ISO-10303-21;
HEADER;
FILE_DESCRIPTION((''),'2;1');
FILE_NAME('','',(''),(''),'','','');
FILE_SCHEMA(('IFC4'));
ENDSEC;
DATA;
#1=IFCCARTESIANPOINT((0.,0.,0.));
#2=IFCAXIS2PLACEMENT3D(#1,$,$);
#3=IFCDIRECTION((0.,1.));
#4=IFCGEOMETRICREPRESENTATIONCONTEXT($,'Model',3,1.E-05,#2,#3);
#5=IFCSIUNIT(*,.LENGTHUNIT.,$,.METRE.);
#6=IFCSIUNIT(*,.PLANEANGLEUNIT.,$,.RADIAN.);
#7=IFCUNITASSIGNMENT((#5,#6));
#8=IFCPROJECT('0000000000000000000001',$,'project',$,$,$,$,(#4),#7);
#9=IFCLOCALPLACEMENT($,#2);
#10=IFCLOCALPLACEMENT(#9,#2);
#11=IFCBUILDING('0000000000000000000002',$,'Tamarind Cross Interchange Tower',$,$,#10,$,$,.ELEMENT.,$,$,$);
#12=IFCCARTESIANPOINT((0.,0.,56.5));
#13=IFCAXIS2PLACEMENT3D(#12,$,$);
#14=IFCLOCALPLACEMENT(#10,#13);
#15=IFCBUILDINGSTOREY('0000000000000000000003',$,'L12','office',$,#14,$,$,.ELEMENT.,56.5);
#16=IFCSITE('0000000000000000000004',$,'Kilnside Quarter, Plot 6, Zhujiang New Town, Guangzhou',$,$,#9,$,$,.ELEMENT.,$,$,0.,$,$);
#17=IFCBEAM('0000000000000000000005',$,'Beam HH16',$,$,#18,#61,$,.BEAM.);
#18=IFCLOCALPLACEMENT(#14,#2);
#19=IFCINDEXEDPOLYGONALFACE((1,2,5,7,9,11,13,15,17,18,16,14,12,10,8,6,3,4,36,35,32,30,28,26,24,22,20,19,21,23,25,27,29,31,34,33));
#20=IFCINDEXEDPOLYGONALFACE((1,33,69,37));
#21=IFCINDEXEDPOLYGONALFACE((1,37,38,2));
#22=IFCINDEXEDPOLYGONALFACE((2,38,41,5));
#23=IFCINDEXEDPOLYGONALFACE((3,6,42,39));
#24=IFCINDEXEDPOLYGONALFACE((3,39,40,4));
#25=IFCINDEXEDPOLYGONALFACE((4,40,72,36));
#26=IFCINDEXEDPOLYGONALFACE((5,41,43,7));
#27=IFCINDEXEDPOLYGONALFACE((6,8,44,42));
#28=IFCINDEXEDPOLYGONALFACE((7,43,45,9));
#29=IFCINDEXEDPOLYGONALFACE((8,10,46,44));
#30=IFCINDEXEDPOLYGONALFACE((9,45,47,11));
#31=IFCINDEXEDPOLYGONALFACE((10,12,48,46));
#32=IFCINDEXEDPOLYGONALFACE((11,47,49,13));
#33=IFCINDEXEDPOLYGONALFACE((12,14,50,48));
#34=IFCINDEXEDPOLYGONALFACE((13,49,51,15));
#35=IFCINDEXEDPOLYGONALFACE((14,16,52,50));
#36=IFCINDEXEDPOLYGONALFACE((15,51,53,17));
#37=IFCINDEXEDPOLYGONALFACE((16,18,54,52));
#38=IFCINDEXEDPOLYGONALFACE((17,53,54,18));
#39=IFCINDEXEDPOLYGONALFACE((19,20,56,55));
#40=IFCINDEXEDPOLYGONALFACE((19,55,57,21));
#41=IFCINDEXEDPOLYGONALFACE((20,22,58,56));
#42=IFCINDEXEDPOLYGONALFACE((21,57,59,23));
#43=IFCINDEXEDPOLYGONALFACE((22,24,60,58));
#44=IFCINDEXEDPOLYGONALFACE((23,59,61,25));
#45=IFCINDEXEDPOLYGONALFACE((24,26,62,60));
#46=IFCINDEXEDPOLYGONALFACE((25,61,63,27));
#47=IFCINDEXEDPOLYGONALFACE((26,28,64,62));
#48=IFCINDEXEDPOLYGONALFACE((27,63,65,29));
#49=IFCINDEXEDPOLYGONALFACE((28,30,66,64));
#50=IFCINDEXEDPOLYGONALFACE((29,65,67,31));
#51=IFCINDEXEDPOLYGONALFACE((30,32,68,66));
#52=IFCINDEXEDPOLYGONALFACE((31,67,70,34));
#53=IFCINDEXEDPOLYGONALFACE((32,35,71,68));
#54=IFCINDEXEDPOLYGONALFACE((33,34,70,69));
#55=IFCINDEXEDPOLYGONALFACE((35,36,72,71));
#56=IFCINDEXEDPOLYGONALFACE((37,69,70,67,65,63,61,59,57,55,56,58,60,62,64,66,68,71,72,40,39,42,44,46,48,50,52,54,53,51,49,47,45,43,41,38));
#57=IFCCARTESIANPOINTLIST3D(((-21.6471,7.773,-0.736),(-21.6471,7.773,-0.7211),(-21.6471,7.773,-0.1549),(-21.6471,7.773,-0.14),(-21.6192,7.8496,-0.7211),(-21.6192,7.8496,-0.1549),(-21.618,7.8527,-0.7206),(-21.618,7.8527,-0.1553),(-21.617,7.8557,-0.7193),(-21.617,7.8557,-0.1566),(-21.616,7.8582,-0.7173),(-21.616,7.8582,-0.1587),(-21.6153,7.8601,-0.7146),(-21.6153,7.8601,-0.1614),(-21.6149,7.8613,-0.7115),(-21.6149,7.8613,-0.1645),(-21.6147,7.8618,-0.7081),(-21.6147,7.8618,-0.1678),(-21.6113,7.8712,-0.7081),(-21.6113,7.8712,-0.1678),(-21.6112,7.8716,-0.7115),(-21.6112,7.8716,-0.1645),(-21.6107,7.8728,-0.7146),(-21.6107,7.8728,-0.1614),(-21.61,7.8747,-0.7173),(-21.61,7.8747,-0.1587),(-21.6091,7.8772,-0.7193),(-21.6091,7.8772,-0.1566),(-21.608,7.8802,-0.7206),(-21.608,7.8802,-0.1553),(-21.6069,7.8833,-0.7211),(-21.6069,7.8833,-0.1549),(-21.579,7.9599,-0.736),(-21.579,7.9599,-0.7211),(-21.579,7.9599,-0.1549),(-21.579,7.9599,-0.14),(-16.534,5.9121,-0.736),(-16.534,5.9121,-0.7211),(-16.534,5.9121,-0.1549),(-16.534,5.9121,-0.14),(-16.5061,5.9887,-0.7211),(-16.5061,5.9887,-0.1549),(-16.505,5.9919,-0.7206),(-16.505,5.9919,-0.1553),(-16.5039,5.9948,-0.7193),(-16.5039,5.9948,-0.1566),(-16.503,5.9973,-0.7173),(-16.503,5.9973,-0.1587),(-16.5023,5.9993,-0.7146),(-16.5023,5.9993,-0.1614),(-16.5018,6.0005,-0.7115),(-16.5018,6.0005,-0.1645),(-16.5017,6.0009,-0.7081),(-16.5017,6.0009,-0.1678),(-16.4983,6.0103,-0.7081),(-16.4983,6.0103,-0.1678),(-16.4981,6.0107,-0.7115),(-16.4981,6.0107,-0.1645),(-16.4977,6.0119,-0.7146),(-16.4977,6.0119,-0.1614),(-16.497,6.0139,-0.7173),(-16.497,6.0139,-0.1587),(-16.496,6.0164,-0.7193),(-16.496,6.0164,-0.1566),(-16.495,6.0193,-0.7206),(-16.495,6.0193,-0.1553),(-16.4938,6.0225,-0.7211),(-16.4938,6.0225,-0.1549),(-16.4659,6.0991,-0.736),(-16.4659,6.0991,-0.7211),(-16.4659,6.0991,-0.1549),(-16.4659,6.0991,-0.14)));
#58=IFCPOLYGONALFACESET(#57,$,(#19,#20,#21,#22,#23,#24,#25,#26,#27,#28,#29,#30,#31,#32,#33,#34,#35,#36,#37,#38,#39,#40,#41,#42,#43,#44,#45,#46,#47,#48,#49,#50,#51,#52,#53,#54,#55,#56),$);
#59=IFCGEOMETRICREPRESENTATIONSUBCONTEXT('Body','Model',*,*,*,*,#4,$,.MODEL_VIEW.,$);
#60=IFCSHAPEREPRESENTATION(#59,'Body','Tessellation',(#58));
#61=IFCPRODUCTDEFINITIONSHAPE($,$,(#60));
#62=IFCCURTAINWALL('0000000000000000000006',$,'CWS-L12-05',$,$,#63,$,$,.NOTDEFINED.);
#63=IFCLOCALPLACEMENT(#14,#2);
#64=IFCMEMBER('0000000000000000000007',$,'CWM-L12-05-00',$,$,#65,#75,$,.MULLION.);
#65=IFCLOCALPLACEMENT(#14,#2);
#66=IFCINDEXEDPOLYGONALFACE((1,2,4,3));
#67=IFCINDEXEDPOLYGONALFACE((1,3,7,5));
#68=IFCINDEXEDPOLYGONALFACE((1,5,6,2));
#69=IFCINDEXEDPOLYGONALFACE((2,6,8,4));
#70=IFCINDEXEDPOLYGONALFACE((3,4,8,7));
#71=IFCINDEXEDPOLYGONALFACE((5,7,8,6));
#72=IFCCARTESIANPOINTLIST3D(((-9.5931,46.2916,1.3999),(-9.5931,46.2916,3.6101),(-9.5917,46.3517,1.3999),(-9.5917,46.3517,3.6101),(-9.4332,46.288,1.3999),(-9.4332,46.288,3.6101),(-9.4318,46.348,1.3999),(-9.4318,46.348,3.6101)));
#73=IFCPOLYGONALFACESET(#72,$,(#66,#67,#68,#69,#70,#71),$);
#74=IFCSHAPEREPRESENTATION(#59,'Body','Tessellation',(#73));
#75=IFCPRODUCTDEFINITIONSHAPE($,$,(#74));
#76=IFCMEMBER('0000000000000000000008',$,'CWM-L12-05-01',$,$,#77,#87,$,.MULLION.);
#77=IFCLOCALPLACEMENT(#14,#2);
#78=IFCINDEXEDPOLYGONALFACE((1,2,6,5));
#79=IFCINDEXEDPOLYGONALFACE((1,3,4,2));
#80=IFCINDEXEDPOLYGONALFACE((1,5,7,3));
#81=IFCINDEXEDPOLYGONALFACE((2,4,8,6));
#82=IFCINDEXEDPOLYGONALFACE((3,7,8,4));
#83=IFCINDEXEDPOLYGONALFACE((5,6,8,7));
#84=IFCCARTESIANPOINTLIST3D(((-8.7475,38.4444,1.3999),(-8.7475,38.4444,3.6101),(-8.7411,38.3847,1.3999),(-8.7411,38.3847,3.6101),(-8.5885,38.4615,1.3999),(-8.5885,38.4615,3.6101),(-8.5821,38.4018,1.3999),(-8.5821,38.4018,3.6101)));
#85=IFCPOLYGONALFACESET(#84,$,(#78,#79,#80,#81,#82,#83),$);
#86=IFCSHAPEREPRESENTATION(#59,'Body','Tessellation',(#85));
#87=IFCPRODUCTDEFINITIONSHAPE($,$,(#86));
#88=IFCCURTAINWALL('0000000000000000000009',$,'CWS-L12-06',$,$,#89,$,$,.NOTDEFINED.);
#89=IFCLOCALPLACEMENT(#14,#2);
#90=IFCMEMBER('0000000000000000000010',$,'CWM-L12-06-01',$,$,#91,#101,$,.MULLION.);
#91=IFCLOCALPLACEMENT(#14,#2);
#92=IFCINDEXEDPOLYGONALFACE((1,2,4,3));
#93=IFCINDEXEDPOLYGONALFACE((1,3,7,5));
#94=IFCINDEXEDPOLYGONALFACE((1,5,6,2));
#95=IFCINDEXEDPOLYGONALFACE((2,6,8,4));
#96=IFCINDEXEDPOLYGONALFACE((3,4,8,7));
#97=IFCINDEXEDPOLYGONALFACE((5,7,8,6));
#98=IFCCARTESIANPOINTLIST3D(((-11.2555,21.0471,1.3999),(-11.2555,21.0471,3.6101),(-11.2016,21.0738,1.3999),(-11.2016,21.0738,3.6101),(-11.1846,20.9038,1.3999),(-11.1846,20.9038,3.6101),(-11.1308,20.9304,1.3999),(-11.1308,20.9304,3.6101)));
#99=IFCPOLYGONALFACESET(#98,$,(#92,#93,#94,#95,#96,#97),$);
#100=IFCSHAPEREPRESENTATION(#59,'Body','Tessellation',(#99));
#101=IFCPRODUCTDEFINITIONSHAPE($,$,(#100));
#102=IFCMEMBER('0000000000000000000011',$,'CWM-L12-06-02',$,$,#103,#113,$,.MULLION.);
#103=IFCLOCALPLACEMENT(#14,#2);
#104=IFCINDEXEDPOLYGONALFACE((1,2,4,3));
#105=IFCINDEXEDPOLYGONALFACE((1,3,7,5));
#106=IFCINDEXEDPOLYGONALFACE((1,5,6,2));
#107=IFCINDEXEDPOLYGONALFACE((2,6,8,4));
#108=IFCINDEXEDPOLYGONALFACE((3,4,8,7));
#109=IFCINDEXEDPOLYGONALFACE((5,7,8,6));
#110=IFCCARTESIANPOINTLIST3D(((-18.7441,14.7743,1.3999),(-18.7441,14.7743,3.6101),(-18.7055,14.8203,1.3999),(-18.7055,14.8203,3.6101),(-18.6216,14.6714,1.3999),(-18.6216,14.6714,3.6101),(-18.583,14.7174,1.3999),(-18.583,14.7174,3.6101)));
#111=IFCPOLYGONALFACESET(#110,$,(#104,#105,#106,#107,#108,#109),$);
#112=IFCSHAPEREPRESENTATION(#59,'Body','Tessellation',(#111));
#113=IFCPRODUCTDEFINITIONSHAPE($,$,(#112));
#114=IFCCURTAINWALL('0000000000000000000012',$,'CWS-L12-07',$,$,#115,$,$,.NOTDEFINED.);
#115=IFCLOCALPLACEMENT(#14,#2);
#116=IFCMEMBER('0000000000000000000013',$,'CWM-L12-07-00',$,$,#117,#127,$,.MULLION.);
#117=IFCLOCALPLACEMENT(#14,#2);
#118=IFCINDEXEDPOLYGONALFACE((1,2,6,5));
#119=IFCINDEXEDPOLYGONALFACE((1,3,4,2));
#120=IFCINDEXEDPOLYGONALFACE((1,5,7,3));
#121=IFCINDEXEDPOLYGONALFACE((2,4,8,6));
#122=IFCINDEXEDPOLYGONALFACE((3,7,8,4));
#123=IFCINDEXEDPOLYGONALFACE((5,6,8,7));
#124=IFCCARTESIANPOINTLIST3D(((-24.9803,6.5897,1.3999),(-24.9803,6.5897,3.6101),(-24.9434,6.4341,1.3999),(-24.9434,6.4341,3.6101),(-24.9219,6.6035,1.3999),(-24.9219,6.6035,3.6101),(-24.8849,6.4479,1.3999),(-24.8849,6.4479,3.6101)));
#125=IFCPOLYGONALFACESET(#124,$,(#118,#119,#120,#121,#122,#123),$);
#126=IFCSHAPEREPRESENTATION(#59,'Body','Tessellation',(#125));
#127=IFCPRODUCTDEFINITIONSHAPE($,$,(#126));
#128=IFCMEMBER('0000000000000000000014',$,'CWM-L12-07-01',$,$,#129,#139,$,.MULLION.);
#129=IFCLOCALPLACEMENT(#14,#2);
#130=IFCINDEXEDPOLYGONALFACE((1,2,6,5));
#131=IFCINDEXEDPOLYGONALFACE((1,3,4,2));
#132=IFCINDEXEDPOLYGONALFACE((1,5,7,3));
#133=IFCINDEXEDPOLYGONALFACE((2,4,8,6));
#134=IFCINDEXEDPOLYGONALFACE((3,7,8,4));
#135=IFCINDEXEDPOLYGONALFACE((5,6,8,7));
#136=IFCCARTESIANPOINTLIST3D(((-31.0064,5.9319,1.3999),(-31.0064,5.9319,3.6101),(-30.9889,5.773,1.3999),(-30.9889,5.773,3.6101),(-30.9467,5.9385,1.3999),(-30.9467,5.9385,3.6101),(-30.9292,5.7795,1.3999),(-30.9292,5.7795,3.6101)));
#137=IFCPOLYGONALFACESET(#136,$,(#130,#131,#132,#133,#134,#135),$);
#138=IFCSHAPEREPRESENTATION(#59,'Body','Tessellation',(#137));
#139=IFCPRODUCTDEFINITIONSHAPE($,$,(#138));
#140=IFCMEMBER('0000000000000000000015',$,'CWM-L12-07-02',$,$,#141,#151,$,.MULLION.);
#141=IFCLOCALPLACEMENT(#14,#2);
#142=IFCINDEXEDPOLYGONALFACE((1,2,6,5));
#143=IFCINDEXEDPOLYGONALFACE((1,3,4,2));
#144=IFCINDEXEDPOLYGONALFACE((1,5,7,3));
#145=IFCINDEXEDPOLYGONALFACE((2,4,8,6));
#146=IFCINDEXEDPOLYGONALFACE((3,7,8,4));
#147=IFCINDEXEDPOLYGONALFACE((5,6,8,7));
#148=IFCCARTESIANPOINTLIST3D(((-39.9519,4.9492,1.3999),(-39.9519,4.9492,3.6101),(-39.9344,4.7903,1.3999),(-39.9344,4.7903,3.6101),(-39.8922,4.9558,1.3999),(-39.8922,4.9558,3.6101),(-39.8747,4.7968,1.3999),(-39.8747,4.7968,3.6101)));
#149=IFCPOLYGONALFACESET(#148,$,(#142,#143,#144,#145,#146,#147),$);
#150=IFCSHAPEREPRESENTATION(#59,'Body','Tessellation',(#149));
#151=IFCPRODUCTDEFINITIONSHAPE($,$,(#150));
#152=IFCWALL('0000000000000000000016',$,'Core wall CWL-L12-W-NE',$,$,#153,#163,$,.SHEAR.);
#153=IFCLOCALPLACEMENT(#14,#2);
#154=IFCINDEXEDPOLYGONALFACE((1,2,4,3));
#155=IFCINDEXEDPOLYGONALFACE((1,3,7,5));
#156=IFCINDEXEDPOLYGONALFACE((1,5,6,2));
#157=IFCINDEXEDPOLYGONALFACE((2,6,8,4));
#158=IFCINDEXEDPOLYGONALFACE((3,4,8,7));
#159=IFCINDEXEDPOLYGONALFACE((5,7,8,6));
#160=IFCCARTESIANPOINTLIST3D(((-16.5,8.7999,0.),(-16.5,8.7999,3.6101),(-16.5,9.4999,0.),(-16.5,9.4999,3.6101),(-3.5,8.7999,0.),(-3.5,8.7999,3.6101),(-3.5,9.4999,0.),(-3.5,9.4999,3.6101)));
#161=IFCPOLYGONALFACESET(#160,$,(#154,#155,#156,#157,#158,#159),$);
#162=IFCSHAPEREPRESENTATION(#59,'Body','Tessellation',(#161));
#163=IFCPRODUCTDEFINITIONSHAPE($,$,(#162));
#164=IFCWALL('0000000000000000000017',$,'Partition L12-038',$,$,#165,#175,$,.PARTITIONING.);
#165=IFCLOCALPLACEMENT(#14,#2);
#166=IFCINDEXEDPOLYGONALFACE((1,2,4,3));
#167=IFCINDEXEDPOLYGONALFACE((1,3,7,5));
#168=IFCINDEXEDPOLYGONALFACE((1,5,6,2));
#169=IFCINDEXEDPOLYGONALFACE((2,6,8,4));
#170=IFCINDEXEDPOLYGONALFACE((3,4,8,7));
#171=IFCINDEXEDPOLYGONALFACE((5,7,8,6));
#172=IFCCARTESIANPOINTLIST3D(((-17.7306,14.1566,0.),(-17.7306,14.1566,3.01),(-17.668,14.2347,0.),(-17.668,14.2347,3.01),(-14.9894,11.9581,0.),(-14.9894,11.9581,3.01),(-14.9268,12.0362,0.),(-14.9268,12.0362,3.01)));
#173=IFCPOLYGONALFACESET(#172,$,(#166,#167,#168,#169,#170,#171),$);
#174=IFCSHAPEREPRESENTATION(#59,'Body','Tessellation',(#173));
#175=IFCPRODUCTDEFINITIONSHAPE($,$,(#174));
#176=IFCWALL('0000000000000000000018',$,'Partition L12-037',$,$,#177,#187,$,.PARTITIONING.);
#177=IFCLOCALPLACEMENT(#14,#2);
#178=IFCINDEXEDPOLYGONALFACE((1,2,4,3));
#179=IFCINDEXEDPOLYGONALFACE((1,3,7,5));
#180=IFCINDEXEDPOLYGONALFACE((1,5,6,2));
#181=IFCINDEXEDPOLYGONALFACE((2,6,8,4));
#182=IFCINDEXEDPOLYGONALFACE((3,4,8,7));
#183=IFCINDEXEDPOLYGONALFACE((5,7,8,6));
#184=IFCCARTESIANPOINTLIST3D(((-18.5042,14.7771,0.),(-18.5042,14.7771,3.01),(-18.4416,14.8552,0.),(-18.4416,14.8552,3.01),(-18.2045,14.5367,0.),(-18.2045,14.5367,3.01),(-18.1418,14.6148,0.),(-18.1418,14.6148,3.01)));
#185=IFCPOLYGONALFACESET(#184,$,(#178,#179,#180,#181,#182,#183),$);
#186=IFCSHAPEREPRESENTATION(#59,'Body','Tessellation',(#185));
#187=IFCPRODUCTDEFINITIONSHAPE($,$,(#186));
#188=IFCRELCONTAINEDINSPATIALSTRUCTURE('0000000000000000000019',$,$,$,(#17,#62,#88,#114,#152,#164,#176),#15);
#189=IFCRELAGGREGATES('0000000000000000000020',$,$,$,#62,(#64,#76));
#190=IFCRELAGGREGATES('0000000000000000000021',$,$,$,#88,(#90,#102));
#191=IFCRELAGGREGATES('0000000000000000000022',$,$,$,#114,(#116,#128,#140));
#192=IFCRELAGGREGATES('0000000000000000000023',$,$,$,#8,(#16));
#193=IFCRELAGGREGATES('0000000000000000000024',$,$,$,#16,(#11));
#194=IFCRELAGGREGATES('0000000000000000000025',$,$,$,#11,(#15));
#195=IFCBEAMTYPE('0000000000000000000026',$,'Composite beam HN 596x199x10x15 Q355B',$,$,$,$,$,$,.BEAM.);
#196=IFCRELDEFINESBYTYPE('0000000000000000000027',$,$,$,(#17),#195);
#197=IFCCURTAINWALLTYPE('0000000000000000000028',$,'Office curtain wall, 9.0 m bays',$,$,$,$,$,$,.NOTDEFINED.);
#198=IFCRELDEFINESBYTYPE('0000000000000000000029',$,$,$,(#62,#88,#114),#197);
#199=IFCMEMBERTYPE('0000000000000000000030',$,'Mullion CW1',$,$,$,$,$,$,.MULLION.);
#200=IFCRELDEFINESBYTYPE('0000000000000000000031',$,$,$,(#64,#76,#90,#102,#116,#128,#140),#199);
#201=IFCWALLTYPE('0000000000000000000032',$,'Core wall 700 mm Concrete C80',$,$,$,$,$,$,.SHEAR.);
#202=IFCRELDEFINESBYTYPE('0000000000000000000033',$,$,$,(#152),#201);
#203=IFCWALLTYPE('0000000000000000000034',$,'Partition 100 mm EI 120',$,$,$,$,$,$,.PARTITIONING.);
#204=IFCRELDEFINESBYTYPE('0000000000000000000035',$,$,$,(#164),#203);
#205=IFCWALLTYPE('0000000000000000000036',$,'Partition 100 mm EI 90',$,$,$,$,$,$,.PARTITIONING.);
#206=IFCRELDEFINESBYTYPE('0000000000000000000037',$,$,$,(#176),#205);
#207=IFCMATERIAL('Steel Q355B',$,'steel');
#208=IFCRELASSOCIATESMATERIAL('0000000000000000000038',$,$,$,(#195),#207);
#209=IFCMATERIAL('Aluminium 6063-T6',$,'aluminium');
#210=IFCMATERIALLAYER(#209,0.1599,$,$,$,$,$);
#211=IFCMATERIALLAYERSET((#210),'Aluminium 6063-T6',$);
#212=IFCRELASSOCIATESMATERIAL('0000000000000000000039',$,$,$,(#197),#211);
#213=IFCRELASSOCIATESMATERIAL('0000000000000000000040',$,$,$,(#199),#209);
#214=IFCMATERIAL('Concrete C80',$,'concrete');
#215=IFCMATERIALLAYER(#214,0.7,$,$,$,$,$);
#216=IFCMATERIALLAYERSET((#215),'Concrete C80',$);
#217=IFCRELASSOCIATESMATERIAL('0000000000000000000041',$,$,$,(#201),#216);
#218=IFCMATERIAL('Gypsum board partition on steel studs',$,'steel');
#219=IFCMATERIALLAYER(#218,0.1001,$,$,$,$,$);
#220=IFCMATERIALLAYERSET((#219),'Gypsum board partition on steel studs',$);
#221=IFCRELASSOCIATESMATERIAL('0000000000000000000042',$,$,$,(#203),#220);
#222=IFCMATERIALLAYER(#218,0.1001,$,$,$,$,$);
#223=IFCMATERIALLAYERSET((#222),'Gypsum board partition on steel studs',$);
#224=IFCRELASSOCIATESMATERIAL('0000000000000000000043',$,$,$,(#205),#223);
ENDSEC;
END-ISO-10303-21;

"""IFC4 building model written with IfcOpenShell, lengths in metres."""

from ifc_helpers import new_model, si_unit, direction, frame, frame_2d, origin, origin_2d, place, context, subcontext, project, spatial, rectangle, i_section, extrude, material, layer, layer_set, material_profile, profile_set, type_object, element, aggregate, save


model = new_model("IFC4")

# Units and contexts
model_context = context("Model", 3, precision=1e-05, world=origin(), true_north=direction((0.0, 1.0)))
body_context = subcontext(model_context, "Body", "Model", "MODEL_VIEW")
ifc_project = project(units=[si_unit("LENGTHUNIT", "METRE"), si_unit("PLANEANGLEUNIT", "RADIAN")], contexts=[model_context])

# Site, building, storey
site_placement = place(None, origin())
site = spatial("IfcSite", under=ifc_project, at=site_placement, Name="Kilnside Quarter, Plot 6, Zhujiang New Town, Guangzhou", CompositionType="ELEMENT", RefElevation=0.0)
building_placement = place(site_placement, origin())
building = spatial("IfcBuilding", under=site, at=building_placement, Name="Tamarind Cross Interchange Tower", CompositionType="ELEMENT")
storey_placement = place(building_placement, frame((0.0, 0.0, 56.5)))
storey = spatial("IfcBuildingStorey", under=building, at=storey_placement, Name="L12", Description="office", CompositionType="ELEMENT", Elevation=56.5)

# Beam
ifc_material_1 = material(Name="Steel Q355B", Category="steel")
ifc_material_profile_1 = material_profile(ifc_material_1, i_section(OverallWidth=0.199, OverallDepth=0.5959, WebThickness=0.01, FlangeThickness=0.0149, FilletRadius=0.0129, at=origin_2d()), Name="HN 596x199x10x15")
ifc_profile_set_1 = profile_set([ifc_material_profile_1], Name="Steel Q355B")
beam_type_1 = type_object("IfcBeamType", Name="Composite beam HN 596x199x10x15 Q355B", PredefinedType="BEAM", material=ifc_profile_set_1)
beam_1_placement = place(storey_placement, frame((-21.613, 7.8665, -0.438), z_axis=(0.939702, -0.341995, 0.0), x_axis=(0.341995, 0.939702, 0.0)))
element("IfcBeam", 1, at=beam_1_placement, inside=storey, type_object=beam_type_1, Name="Beam HH16", PredefinedType="BEAM", context=body_context, shape_type="SweptSolid", body=[
    extrude(i_section(OverallWidth=0.199, OverallDepth=0.5959, WebThickness=0.01, FlangeThickness=0.0149, FilletRadius=0.0129, at=origin_2d()), origin(), (0.0, 0.0, 1.0), 5.4412),
])

# Curtain walls, members
ifc_material_2 = material(Name="Aluminium 6063-T6", Category="aluminium")
ifc_layer_1 = layer(ifc_material_2, 0.1599)
ifc_layer_set_1 = layer_set([ifc_layer_1], Name="Aluminium 6063-T6")
curtain_wall_type = type_object("IfcCurtainWallType", Name="Office curtain wall, 9.0 m bays", PredefinedType="NOTDEFINED", material=ifc_layer_set_1)
curtain_wall_1_placement = place(storey_placement, origin())
curtain_wall_1 = element("IfcCurtainWall", 2, at=curtain_wall_1_placement, inside=storey, type_object=curtain_wall_type, Name="CWS-L12-05", PredefinedType="NOTDEFINED")
ifc_material_profile_2 = material_profile(ifc_material_2, rectangle(XDim=0.0601, YDim=0.1599, at=origin_2d()), Name="Mullion CW1")
ifc_profile_set_2 = profile_set([ifc_material_profile_2], Name="Aluminium 6063-T6")
member_type = type_object("IfcMemberType", Name="Mullion CW1", PredefinedType="MULLION", material=ifc_profile_set_2)
member_1_placement = place(storey_placement, frame((-9.5125, 46.3198, 1.3999), z_axis=(0.0, 0.0, 1.0), x_axis=(-0.022718, -0.999742, 0.0)))
member_1 = element("IfcMember", 3, at=member_1_placement, type_object=member_type, Name="CWM-L12-05-00", PredefinedType="MULLION", context=body_context, shape_type="SweptSolid", body=[
    extrude(rectangle(XDim=0.0601, YDim=0.1599, at=origin_2d()), origin(), (0.0, 0.0, 1.0), 2.2102),
])
member_2_placement = place(storey_placement, frame((-8.6648, 38.4231, 1.3999), z_axis=(0.0, 0.0, 1.0), x_axis=(0.106744, -0.994287, 0.0)))
member_2 = element("IfcMember", 4, at=member_2_placement, type_object=member_type, Name="CWM-L12-05-01", PredefinedType="MULLION", context=body_context, shape_type="SweptSolid", body=[
    extrude(rectangle(XDim=0.0601, YDim=0.1599, at=origin_2d()), origin(), (0.0, 0.0, 1.0), 2.2102),
])
aggregate(curtain_wall_1, [member_1, member_2])
curtain_wall_2_placement = place(storey_placement, origin())
curtain_wall_2 = element("IfcCurtainWall", 5, at=curtain_wall_2_placement, inside=storey, type_object=curtain_wall_type, Name="CWS-L12-06", PredefinedType="NOTDEFINED")
member_3_placement = place(storey_placement, frame((-11.1931, 20.9888, 1.3999), z_axis=(0.0, 0.0, 1.0), x_axis=(-0.896493, -0.443059, 0.0)))
member_3 = element("IfcMember", 6, at=member_3_placement, type_object=member_type, Name="CWM-L12-06-01", PredefinedType="MULLION", context=body_context, shape_type="SweptSolid", body=[
    extrude(rectangle(XDim=0.0601, YDim=0.1599, at=origin_2d()), origin(), (0.0, 0.0, 1.0), 2.2102),
])
member_4_placement = place(storey_placement, frame((-18.6636, 14.7458, 1.3999), z_axis=(0.0, 0.0, 1.0), x_axis=(-0.643009, -0.765858, 0.0)))
member_4 = element("IfcMember", 7, at=member_4_placement, type_object=member_type, Name="CWM-L12-06-02", PredefinedType="MULLION", context=body_context, shape_type="SweptSolid", body=[
    extrude(rectangle(XDim=0.0601, YDim=0.1599, at=origin_2d()), origin(), (0.0, 0.0, 1.0), 2.2102),
])
aggregate(curtain_wall_2, [member_3, member_4])
curtain_wall_3_placement = place(storey_placement, origin())
curtain_wall_3 = element("IfcCurtainWall", 8, at=curtain_wall_3_placement, inside=storey, type_object=curtain_wall_type, Name="CWS-L12-07", PredefinedType="NOTDEFINED")
member_5_placement = place(storey_placement, frame((-24.9326, 6.5188, 1.3999), z_axis=(0.0, 0.0, 1.0), x_axis=(-0.972951, -0.23101, 0.0)))
member_5 = element("IfcMember", 9, at=member_5_placement, type_object=member_type, Name="CWM-L12-07-00", PredefinedType="MULLION", context=body_context, shape_type="SweptSolid", body=[
    extrude(rectangle(XDim=0.0601, YDim=0.1599, at=origin_2d()), origin(), (0.0, 0.0, 1.0), 2.2102),
])
member_6_placement = place(storey_placement, frame((-30.9678, 5.8557, 1.3999), z_axis=(0.0, 0.0, 1.0), x_axis=(-0.994021, -0.109193, 0.0)))
member_6 = element("IfcMember", 10, at=member_6_placement, type_object=member_type, Name="CWM-L12-07-01", PredefinedType="MULLION", context=body_context, shape_type="SweptSolid", body=[
    extrude(rectangle(XDim=0.0601, YDim=0.1599, at=origin_2d()), origin(), (0.0, 0.0, 1.0), 2.2102),
])
member_7_placement = place(storey_placement, frame((-39.9133, 4.873, 1.3999), z_axis=(0.0, 0.0, 1.0), x_axis=(-0.994021, -0.109193, 0.0)))
member_7 = element("IfcMember", 11, at=member_7_placement, type_object=member_type, Name="CWM-L12-07-02", PredefinedType="MULLION", context=body_context, shape_type="SweptSolid", body=[
    extrude(rectangle(XDim=0.0601, YDim=0.1599, at=origin_2d()), origin(), (0.0, 0.0, 1.0), 2.2102),
])
aggregate(curtain_wall_3, [member_5, member_6, member_7])

# Walls
ifc_material_3 = material(Name="Concrete C80", Category="concrete")
ifc_layer_2 = layer(ifc_material_3, 0.7)
ifc_layer_set_2 = layer_set([ifc_layer_2], Name="Concrete C80")
wall_type_1 = type_object("IfcWallType", Name="Core wall 700 mm Concrete C80", PredefinedType="SHEAR", material=ifc_layer_set_2)
wall_1_placement = place(storey_placement, frame((-16.5, 9.1499, 0.0), z_axis=(0.0, 0.0, 1.0), x_axis=(1.0, 0.0, 0.0)))
element("IfcWall", 12, at=wall_1_placement, inside=storey, type_object=wall_type_1, Name="Core wall CWL-L12-W-NE", PredefinedType="SHEAR", context=body_context, shape_type="SweptSolid", body=[
    extrude(rectangle(XDim=13.0, YDim=0.7, at=frame_2d((6.5, 0.0))), origin(), (0.0, 0.0, 1.0), 3.6101),
])
ifc_material_4 = material(Name="Gypsum board partition on steel studs", Category="steel")
ifc_layer_3 = layer(ifc_material_4, 0.1001)
ifc_layer_set_3 = layer_set([ifc_layer_3], Name="Gypsum board partition on steel studs")
wall_type_2 = type_object("IfcWallType", Name="Partition 100 mm EI 120", PredefinedType="PARTITIONING", material=ifc_layer_set_3)
wall_2_placement = place(storey_placement, frame((-17.6992, 14.1956, 0.0), z_axis=(0.0, 0.0, 1.0), x_axis=(0.780102, -0.625652, 0.0)))
element("IfcWall", 13, at=wall_2_placement, inside=storey, type_object=wall_type_2, Name="Partition L12-038", PredefinedType="PARTITIONING", context=body_context, shape_type="SweptSolid", body=[
    extrude(rectangle(XDim=3.5139, YDim=0.1001, at=frame_2d((1.7568, 0.0))), origin(), (0.0, 0.0, 1.0), 3.01),
])
ifc_layer_4 = layer(ifc_material_4, 0.1001)
ifc_layer_set_4 = layer_set([ifc_layer_4], Name="Gypsum board partition on steel studs")
wall_type_3 = type_object("IfcWallType", Name="Partition 100 mm EI 90", PredefinedType="PARTITIONING", material=ifc_layer_set_4)
wall_3_placement = place(storey_placement, frame((-18.4729, 14.8162, 0.0), z_axis=(0.0, 0.0, 1.0), x_axis=(0.780063, -0.625702, 0.0)))
element("IfcWall", 14, at=wall_3_placement, inside=storey, type_object=wall_type_3, Name="Partition L12-037", PredefinedType="PARTITIONING", context=body_context, shape_type="SweptSolid", body=[
    extrude(rectangle(XDim=0.3843, YDim=0.1001, at=frame_2d((0.1921, 0.0))), origin(), (0.0, 0.0, 1.0), 3.01),
])

save(model, "model.ifc")
